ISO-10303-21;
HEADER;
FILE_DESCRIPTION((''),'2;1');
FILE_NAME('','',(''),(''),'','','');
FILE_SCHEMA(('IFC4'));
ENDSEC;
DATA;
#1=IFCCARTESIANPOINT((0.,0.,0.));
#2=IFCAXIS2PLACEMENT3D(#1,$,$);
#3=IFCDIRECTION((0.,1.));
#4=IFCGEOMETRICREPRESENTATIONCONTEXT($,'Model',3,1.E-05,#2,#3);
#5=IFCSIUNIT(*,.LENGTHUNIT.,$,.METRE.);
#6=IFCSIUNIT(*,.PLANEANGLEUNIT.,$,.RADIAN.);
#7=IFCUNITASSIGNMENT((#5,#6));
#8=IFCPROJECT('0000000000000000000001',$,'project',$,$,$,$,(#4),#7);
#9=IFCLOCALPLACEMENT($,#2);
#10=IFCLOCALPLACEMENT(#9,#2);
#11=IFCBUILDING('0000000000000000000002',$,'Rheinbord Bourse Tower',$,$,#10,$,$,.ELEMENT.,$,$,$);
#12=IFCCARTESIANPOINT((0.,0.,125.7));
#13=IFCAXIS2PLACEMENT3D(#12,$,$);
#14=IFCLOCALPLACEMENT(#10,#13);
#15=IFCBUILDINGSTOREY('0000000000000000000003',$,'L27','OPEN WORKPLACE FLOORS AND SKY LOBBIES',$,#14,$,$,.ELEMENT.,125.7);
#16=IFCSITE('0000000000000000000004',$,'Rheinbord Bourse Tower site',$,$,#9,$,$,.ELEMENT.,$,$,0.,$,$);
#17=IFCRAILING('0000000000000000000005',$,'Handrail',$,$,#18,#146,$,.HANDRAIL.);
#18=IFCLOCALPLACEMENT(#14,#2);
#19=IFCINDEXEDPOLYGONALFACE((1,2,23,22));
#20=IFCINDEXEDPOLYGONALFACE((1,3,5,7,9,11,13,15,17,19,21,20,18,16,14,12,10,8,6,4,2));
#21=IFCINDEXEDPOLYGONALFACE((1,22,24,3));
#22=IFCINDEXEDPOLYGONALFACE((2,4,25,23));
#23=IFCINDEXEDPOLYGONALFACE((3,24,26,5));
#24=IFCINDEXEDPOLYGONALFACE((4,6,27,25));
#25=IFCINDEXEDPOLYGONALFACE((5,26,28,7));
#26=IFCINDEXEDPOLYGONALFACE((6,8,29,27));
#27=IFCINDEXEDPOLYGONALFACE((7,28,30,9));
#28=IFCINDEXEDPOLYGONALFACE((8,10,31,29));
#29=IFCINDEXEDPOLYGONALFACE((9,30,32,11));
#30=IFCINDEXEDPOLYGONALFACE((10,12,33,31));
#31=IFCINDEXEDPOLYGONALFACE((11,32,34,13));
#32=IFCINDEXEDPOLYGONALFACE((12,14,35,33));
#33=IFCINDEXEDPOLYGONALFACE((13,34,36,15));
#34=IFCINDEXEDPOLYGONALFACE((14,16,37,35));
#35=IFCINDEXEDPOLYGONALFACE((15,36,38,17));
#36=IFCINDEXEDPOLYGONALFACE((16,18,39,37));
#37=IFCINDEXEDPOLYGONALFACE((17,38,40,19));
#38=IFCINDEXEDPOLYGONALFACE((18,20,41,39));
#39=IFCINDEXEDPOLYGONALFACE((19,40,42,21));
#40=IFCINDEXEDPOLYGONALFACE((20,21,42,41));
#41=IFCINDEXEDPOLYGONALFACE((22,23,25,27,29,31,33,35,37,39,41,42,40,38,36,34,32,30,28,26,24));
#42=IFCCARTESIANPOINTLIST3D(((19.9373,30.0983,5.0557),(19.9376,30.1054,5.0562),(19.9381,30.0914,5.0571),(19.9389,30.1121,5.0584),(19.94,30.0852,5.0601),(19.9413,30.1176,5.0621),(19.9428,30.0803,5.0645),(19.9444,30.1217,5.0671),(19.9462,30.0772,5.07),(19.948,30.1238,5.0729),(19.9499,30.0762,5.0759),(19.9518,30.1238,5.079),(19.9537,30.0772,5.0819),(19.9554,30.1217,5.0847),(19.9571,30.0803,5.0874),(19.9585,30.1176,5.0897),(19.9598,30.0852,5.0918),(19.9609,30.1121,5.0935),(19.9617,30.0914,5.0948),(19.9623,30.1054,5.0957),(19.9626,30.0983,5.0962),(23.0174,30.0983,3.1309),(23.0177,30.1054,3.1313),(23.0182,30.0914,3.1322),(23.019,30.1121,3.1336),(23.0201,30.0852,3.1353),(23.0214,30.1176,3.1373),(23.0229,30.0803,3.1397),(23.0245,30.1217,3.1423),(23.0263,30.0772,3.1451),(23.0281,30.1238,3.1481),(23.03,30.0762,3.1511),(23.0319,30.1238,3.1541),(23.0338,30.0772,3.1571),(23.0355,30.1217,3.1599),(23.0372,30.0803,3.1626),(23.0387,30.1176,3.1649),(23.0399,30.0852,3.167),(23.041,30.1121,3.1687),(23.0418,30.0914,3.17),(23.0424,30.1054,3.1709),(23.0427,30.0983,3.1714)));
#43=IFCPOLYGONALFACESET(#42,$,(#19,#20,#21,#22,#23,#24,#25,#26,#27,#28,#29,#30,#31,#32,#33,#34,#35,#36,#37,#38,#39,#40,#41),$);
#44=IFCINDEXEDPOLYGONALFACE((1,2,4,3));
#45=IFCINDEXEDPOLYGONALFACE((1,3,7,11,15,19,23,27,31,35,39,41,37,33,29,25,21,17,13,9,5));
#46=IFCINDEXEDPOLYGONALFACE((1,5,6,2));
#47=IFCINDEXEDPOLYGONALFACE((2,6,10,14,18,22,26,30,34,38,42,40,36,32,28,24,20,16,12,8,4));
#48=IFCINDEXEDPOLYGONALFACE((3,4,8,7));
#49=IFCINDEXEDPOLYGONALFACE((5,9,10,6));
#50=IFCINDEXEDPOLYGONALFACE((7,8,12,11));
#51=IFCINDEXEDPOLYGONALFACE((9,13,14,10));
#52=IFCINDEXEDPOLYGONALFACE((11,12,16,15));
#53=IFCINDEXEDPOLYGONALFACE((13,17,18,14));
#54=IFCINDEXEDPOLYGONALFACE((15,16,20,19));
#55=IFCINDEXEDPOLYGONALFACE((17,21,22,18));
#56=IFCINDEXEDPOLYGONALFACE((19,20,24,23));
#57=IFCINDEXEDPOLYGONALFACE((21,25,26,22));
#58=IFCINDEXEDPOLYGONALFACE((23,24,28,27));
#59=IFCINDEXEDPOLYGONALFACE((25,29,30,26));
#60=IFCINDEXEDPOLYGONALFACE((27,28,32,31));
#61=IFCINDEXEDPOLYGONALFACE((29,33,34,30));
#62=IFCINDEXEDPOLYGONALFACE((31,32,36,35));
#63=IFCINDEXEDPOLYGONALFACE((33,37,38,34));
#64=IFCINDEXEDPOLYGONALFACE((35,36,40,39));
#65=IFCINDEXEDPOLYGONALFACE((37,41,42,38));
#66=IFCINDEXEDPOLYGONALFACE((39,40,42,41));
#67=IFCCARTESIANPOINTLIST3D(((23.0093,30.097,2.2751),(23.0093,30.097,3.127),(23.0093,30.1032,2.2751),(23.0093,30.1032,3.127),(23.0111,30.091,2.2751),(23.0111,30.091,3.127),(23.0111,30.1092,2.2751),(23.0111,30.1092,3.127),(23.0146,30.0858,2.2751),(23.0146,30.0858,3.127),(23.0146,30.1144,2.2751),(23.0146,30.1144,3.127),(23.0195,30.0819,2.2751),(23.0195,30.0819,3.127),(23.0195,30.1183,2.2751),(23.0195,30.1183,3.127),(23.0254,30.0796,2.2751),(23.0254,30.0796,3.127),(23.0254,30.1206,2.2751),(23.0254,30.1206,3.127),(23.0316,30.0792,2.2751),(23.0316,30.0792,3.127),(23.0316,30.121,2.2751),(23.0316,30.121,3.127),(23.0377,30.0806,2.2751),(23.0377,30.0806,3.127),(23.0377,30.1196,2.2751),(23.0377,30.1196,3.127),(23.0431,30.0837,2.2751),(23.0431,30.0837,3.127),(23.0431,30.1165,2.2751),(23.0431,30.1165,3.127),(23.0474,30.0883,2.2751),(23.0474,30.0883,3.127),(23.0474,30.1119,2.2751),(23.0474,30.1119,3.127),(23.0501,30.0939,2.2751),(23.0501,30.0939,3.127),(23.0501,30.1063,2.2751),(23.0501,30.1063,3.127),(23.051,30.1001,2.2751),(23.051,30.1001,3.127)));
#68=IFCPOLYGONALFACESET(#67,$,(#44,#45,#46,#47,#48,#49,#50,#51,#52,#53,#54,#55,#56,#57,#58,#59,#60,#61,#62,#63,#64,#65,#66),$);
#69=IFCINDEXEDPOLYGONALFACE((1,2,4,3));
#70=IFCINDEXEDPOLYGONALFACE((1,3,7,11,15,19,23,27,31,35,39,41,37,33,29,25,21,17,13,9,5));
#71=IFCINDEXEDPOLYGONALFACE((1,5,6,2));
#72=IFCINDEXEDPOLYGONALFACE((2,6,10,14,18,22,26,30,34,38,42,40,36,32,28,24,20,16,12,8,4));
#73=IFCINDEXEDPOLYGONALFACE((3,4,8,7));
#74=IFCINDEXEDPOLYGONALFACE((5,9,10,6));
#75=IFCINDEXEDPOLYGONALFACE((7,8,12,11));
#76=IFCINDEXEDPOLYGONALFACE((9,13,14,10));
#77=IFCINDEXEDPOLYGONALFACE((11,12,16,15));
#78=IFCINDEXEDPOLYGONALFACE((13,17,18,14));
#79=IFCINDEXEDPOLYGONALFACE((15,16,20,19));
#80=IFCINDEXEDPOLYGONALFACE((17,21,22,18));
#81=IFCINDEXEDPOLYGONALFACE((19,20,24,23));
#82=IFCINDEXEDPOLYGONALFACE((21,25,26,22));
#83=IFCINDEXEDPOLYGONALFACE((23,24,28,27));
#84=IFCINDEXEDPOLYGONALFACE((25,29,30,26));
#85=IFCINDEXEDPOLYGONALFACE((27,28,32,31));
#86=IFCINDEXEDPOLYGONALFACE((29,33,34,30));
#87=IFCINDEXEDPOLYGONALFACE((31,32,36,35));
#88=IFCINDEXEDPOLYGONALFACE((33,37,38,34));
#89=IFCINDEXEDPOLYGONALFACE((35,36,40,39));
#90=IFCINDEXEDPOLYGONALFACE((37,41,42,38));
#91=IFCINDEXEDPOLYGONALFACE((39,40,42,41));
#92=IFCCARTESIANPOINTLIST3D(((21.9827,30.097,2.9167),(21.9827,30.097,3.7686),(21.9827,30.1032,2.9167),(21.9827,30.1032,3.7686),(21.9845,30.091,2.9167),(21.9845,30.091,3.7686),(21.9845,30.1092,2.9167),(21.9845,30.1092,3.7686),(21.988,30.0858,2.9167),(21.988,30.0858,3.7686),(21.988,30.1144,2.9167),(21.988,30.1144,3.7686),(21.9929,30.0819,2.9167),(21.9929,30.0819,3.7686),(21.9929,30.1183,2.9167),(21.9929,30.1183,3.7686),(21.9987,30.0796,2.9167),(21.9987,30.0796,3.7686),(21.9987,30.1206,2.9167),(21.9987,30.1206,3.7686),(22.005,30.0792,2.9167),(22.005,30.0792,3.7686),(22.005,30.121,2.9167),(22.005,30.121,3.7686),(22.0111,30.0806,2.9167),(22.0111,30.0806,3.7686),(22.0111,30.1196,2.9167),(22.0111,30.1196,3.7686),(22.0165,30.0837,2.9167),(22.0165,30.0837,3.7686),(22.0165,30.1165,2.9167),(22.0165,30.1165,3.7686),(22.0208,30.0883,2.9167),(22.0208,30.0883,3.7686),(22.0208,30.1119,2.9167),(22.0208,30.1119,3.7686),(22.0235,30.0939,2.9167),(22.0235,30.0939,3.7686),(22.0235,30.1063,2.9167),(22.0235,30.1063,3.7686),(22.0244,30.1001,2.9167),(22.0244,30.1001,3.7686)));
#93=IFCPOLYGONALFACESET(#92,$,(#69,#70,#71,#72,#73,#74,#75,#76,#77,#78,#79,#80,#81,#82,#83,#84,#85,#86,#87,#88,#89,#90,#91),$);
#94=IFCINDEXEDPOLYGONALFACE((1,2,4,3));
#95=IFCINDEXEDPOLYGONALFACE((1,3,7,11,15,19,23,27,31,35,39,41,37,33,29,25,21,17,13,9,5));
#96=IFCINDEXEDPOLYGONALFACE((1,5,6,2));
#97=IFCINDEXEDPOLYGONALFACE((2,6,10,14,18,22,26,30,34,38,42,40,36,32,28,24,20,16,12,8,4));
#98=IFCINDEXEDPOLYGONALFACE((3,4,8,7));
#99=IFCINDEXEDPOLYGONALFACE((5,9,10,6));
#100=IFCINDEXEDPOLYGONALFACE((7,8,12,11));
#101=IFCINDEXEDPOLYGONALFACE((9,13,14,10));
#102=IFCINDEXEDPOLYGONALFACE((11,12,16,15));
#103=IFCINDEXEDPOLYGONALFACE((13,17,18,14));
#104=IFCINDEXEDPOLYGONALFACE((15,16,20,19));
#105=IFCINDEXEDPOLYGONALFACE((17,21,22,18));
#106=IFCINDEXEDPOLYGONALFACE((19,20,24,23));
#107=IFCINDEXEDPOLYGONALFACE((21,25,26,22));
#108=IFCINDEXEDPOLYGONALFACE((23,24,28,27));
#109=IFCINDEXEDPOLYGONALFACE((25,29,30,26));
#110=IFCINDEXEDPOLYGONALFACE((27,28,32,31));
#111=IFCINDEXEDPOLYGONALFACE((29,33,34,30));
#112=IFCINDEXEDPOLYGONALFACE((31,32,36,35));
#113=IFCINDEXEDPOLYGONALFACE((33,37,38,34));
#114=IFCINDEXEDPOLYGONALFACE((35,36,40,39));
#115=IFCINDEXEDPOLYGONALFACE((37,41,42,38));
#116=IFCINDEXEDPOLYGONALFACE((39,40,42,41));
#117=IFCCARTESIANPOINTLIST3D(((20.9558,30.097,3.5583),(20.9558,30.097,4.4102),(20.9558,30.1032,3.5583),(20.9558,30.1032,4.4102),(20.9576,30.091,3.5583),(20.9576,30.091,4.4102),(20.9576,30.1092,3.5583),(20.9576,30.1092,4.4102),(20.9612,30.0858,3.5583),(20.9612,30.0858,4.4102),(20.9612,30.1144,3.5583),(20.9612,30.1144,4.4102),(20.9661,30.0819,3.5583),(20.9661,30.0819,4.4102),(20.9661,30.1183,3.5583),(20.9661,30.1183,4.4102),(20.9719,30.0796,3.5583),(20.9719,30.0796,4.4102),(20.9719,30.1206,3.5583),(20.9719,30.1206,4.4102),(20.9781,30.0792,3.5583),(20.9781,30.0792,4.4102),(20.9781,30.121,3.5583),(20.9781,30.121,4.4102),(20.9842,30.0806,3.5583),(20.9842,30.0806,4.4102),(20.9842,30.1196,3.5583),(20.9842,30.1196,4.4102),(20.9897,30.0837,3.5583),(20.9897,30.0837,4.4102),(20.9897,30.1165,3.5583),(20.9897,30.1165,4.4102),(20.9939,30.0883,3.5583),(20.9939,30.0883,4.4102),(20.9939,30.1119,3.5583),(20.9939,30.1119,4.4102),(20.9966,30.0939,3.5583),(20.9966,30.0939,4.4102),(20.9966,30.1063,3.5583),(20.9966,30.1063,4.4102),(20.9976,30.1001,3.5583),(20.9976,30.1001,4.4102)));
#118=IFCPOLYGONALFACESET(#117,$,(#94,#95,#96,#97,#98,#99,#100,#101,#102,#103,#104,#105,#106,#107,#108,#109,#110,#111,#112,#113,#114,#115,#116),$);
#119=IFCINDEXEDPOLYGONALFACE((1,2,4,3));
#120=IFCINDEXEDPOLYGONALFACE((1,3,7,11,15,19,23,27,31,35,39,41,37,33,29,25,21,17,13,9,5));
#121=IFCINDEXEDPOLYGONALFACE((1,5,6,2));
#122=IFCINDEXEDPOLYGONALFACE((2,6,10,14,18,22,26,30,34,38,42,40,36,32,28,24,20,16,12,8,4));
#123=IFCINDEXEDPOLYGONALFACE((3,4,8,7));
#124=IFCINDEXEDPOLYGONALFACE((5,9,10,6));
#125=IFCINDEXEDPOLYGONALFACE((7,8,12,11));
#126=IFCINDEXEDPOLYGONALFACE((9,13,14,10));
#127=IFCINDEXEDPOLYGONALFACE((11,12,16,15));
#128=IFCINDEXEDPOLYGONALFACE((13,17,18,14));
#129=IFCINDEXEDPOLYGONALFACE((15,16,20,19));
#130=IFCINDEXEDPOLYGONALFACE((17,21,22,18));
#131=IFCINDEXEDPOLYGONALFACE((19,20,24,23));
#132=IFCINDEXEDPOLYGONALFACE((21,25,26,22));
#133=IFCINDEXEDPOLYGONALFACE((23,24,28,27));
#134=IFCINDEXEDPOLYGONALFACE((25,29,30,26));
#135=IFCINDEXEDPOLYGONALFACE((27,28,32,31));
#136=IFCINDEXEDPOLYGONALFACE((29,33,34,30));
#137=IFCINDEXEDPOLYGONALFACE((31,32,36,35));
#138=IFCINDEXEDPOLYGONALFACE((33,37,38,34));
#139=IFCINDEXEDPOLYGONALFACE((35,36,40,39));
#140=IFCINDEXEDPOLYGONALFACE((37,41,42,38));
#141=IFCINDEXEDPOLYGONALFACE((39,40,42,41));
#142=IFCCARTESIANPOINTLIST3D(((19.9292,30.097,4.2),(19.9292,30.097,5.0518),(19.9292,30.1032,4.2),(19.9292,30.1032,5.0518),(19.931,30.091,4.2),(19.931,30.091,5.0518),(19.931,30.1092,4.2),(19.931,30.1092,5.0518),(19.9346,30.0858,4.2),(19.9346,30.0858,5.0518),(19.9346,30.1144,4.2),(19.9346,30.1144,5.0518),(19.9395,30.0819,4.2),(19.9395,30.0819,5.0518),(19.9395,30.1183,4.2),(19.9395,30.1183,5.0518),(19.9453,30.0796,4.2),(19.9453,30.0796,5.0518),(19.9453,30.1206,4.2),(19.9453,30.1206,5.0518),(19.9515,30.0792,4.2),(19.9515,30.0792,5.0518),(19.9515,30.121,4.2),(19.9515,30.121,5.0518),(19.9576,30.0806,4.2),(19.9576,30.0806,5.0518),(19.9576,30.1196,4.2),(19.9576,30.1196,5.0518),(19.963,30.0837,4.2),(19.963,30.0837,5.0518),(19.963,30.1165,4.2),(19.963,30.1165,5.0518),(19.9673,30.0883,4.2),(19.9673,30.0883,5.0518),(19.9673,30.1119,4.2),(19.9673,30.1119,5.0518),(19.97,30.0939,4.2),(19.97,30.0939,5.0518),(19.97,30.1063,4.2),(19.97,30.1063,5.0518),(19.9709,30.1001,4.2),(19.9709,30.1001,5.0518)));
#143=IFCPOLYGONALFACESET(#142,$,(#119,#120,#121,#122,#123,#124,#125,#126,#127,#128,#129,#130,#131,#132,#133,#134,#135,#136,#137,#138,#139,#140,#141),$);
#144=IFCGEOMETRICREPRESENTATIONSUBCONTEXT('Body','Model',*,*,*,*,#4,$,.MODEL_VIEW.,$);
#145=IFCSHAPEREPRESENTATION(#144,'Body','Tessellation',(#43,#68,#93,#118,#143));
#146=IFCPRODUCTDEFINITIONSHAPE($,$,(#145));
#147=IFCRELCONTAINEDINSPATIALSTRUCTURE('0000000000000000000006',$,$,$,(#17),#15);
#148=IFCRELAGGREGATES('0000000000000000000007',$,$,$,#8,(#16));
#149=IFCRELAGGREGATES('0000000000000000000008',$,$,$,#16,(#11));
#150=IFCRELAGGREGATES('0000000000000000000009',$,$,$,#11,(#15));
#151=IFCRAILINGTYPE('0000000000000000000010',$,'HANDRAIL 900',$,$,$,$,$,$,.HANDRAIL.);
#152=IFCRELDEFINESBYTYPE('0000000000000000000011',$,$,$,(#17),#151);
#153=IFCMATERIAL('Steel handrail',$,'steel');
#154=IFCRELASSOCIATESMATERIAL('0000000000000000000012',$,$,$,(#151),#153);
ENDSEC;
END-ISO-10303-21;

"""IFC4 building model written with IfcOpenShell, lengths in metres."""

from ifc_helpers import new_model, si_unit, direction, frame, origin, origin_2d, place, context, subcontext, project, spatial, circle, extrude, material, type_object, element, save


model = new_model("IFC4")

# Units and contexts
model_context = context("Model", 3, precision=1e-05, world=origin(), true_north=direction((0.0, 1.0)))
body_context = subcontext(model_context, "Body", "Model", "MODEL_VIEW")
ifc_project = project(units=[si_unit("LENGTHUNIT", "METRE"), si_unit("PLANEANGLEUNIT", "RADIAN")], contexts=[model_context])

# Site, building, storey
site_placement = place(None, origin())
site = spatial("IfcSite", under=ifc_project, at=site_placement, Name="Rheinbord Bourse Tower site", CompositionType="ELEMENT", RefElevation=0.0)
building_placement = place(site_placement, origin())
building = spatial("IfcBuilding", under=site, at=building_placement, Name="Rheinbord Bourse Tower", CompositionType="ELEMENT")
storey_placement = place(building_placement, frame((0.0, 0.0, 125.7)))
storey = spatial("IfcBuildingStorey", under=building, at=storey_placement, Name="L27", Description="OPEN WORKPLACE FLOORS AND SKY LOBBIES", CompositionType="ELEMENT", Elevation=125.7)

# Railing
ifc_material_1 = material(Name="Steel handrail", Category="steel")
railing_type = type_object("IfcRailingType", Name="HANDRAIL 900", PredefinedType="HANDRAIL", material=ifc_material_1)
railing_1_placement = place(storey_placement, frame((23.03, 30.1001, 2.2751)))
element("IfcRailing", 1, at=railing_1_placement, inside=storey, type_object=railing_type, Name="Handrail", PredefinedType="HANDRAIL", context=body_context, shape_type="SweptSolid", body=[
    extrude(circle(Radius=0.0239, at=origin_2d()), frame((0.0, 0.0, 0.876), z_axis=(-0.848029, 0.0, 0.529951), x_axis=(0.0, -1.0, 0.0)), (0.0, 0.0, 1.0), 3.6321),
    extrude(circle(Radius=0.021, at=origin_2d()), origin(), (0.0, 0.0, 1.0), 0.8518),
    extrude(circle(Radius=0.021, at=origin_2d()), frame((-1.0266, 0.0, 0.6416)), (0.0, 0.0, 1.0), 0.8518),
    extrude(circle(Radius=0.021, at=origin_2d()), frame((-2.0535, 0.0, 1.2832)), (0.0, 0.0, 1.0), 0.8518),
    extrude(circle(Radius=0.021, at=origin_2d()), frame((-3.0801, 0.0, 1.9248)), (0.0, 0.0, 1.0), 0.8518),
])

save(model, "model.ifc")
